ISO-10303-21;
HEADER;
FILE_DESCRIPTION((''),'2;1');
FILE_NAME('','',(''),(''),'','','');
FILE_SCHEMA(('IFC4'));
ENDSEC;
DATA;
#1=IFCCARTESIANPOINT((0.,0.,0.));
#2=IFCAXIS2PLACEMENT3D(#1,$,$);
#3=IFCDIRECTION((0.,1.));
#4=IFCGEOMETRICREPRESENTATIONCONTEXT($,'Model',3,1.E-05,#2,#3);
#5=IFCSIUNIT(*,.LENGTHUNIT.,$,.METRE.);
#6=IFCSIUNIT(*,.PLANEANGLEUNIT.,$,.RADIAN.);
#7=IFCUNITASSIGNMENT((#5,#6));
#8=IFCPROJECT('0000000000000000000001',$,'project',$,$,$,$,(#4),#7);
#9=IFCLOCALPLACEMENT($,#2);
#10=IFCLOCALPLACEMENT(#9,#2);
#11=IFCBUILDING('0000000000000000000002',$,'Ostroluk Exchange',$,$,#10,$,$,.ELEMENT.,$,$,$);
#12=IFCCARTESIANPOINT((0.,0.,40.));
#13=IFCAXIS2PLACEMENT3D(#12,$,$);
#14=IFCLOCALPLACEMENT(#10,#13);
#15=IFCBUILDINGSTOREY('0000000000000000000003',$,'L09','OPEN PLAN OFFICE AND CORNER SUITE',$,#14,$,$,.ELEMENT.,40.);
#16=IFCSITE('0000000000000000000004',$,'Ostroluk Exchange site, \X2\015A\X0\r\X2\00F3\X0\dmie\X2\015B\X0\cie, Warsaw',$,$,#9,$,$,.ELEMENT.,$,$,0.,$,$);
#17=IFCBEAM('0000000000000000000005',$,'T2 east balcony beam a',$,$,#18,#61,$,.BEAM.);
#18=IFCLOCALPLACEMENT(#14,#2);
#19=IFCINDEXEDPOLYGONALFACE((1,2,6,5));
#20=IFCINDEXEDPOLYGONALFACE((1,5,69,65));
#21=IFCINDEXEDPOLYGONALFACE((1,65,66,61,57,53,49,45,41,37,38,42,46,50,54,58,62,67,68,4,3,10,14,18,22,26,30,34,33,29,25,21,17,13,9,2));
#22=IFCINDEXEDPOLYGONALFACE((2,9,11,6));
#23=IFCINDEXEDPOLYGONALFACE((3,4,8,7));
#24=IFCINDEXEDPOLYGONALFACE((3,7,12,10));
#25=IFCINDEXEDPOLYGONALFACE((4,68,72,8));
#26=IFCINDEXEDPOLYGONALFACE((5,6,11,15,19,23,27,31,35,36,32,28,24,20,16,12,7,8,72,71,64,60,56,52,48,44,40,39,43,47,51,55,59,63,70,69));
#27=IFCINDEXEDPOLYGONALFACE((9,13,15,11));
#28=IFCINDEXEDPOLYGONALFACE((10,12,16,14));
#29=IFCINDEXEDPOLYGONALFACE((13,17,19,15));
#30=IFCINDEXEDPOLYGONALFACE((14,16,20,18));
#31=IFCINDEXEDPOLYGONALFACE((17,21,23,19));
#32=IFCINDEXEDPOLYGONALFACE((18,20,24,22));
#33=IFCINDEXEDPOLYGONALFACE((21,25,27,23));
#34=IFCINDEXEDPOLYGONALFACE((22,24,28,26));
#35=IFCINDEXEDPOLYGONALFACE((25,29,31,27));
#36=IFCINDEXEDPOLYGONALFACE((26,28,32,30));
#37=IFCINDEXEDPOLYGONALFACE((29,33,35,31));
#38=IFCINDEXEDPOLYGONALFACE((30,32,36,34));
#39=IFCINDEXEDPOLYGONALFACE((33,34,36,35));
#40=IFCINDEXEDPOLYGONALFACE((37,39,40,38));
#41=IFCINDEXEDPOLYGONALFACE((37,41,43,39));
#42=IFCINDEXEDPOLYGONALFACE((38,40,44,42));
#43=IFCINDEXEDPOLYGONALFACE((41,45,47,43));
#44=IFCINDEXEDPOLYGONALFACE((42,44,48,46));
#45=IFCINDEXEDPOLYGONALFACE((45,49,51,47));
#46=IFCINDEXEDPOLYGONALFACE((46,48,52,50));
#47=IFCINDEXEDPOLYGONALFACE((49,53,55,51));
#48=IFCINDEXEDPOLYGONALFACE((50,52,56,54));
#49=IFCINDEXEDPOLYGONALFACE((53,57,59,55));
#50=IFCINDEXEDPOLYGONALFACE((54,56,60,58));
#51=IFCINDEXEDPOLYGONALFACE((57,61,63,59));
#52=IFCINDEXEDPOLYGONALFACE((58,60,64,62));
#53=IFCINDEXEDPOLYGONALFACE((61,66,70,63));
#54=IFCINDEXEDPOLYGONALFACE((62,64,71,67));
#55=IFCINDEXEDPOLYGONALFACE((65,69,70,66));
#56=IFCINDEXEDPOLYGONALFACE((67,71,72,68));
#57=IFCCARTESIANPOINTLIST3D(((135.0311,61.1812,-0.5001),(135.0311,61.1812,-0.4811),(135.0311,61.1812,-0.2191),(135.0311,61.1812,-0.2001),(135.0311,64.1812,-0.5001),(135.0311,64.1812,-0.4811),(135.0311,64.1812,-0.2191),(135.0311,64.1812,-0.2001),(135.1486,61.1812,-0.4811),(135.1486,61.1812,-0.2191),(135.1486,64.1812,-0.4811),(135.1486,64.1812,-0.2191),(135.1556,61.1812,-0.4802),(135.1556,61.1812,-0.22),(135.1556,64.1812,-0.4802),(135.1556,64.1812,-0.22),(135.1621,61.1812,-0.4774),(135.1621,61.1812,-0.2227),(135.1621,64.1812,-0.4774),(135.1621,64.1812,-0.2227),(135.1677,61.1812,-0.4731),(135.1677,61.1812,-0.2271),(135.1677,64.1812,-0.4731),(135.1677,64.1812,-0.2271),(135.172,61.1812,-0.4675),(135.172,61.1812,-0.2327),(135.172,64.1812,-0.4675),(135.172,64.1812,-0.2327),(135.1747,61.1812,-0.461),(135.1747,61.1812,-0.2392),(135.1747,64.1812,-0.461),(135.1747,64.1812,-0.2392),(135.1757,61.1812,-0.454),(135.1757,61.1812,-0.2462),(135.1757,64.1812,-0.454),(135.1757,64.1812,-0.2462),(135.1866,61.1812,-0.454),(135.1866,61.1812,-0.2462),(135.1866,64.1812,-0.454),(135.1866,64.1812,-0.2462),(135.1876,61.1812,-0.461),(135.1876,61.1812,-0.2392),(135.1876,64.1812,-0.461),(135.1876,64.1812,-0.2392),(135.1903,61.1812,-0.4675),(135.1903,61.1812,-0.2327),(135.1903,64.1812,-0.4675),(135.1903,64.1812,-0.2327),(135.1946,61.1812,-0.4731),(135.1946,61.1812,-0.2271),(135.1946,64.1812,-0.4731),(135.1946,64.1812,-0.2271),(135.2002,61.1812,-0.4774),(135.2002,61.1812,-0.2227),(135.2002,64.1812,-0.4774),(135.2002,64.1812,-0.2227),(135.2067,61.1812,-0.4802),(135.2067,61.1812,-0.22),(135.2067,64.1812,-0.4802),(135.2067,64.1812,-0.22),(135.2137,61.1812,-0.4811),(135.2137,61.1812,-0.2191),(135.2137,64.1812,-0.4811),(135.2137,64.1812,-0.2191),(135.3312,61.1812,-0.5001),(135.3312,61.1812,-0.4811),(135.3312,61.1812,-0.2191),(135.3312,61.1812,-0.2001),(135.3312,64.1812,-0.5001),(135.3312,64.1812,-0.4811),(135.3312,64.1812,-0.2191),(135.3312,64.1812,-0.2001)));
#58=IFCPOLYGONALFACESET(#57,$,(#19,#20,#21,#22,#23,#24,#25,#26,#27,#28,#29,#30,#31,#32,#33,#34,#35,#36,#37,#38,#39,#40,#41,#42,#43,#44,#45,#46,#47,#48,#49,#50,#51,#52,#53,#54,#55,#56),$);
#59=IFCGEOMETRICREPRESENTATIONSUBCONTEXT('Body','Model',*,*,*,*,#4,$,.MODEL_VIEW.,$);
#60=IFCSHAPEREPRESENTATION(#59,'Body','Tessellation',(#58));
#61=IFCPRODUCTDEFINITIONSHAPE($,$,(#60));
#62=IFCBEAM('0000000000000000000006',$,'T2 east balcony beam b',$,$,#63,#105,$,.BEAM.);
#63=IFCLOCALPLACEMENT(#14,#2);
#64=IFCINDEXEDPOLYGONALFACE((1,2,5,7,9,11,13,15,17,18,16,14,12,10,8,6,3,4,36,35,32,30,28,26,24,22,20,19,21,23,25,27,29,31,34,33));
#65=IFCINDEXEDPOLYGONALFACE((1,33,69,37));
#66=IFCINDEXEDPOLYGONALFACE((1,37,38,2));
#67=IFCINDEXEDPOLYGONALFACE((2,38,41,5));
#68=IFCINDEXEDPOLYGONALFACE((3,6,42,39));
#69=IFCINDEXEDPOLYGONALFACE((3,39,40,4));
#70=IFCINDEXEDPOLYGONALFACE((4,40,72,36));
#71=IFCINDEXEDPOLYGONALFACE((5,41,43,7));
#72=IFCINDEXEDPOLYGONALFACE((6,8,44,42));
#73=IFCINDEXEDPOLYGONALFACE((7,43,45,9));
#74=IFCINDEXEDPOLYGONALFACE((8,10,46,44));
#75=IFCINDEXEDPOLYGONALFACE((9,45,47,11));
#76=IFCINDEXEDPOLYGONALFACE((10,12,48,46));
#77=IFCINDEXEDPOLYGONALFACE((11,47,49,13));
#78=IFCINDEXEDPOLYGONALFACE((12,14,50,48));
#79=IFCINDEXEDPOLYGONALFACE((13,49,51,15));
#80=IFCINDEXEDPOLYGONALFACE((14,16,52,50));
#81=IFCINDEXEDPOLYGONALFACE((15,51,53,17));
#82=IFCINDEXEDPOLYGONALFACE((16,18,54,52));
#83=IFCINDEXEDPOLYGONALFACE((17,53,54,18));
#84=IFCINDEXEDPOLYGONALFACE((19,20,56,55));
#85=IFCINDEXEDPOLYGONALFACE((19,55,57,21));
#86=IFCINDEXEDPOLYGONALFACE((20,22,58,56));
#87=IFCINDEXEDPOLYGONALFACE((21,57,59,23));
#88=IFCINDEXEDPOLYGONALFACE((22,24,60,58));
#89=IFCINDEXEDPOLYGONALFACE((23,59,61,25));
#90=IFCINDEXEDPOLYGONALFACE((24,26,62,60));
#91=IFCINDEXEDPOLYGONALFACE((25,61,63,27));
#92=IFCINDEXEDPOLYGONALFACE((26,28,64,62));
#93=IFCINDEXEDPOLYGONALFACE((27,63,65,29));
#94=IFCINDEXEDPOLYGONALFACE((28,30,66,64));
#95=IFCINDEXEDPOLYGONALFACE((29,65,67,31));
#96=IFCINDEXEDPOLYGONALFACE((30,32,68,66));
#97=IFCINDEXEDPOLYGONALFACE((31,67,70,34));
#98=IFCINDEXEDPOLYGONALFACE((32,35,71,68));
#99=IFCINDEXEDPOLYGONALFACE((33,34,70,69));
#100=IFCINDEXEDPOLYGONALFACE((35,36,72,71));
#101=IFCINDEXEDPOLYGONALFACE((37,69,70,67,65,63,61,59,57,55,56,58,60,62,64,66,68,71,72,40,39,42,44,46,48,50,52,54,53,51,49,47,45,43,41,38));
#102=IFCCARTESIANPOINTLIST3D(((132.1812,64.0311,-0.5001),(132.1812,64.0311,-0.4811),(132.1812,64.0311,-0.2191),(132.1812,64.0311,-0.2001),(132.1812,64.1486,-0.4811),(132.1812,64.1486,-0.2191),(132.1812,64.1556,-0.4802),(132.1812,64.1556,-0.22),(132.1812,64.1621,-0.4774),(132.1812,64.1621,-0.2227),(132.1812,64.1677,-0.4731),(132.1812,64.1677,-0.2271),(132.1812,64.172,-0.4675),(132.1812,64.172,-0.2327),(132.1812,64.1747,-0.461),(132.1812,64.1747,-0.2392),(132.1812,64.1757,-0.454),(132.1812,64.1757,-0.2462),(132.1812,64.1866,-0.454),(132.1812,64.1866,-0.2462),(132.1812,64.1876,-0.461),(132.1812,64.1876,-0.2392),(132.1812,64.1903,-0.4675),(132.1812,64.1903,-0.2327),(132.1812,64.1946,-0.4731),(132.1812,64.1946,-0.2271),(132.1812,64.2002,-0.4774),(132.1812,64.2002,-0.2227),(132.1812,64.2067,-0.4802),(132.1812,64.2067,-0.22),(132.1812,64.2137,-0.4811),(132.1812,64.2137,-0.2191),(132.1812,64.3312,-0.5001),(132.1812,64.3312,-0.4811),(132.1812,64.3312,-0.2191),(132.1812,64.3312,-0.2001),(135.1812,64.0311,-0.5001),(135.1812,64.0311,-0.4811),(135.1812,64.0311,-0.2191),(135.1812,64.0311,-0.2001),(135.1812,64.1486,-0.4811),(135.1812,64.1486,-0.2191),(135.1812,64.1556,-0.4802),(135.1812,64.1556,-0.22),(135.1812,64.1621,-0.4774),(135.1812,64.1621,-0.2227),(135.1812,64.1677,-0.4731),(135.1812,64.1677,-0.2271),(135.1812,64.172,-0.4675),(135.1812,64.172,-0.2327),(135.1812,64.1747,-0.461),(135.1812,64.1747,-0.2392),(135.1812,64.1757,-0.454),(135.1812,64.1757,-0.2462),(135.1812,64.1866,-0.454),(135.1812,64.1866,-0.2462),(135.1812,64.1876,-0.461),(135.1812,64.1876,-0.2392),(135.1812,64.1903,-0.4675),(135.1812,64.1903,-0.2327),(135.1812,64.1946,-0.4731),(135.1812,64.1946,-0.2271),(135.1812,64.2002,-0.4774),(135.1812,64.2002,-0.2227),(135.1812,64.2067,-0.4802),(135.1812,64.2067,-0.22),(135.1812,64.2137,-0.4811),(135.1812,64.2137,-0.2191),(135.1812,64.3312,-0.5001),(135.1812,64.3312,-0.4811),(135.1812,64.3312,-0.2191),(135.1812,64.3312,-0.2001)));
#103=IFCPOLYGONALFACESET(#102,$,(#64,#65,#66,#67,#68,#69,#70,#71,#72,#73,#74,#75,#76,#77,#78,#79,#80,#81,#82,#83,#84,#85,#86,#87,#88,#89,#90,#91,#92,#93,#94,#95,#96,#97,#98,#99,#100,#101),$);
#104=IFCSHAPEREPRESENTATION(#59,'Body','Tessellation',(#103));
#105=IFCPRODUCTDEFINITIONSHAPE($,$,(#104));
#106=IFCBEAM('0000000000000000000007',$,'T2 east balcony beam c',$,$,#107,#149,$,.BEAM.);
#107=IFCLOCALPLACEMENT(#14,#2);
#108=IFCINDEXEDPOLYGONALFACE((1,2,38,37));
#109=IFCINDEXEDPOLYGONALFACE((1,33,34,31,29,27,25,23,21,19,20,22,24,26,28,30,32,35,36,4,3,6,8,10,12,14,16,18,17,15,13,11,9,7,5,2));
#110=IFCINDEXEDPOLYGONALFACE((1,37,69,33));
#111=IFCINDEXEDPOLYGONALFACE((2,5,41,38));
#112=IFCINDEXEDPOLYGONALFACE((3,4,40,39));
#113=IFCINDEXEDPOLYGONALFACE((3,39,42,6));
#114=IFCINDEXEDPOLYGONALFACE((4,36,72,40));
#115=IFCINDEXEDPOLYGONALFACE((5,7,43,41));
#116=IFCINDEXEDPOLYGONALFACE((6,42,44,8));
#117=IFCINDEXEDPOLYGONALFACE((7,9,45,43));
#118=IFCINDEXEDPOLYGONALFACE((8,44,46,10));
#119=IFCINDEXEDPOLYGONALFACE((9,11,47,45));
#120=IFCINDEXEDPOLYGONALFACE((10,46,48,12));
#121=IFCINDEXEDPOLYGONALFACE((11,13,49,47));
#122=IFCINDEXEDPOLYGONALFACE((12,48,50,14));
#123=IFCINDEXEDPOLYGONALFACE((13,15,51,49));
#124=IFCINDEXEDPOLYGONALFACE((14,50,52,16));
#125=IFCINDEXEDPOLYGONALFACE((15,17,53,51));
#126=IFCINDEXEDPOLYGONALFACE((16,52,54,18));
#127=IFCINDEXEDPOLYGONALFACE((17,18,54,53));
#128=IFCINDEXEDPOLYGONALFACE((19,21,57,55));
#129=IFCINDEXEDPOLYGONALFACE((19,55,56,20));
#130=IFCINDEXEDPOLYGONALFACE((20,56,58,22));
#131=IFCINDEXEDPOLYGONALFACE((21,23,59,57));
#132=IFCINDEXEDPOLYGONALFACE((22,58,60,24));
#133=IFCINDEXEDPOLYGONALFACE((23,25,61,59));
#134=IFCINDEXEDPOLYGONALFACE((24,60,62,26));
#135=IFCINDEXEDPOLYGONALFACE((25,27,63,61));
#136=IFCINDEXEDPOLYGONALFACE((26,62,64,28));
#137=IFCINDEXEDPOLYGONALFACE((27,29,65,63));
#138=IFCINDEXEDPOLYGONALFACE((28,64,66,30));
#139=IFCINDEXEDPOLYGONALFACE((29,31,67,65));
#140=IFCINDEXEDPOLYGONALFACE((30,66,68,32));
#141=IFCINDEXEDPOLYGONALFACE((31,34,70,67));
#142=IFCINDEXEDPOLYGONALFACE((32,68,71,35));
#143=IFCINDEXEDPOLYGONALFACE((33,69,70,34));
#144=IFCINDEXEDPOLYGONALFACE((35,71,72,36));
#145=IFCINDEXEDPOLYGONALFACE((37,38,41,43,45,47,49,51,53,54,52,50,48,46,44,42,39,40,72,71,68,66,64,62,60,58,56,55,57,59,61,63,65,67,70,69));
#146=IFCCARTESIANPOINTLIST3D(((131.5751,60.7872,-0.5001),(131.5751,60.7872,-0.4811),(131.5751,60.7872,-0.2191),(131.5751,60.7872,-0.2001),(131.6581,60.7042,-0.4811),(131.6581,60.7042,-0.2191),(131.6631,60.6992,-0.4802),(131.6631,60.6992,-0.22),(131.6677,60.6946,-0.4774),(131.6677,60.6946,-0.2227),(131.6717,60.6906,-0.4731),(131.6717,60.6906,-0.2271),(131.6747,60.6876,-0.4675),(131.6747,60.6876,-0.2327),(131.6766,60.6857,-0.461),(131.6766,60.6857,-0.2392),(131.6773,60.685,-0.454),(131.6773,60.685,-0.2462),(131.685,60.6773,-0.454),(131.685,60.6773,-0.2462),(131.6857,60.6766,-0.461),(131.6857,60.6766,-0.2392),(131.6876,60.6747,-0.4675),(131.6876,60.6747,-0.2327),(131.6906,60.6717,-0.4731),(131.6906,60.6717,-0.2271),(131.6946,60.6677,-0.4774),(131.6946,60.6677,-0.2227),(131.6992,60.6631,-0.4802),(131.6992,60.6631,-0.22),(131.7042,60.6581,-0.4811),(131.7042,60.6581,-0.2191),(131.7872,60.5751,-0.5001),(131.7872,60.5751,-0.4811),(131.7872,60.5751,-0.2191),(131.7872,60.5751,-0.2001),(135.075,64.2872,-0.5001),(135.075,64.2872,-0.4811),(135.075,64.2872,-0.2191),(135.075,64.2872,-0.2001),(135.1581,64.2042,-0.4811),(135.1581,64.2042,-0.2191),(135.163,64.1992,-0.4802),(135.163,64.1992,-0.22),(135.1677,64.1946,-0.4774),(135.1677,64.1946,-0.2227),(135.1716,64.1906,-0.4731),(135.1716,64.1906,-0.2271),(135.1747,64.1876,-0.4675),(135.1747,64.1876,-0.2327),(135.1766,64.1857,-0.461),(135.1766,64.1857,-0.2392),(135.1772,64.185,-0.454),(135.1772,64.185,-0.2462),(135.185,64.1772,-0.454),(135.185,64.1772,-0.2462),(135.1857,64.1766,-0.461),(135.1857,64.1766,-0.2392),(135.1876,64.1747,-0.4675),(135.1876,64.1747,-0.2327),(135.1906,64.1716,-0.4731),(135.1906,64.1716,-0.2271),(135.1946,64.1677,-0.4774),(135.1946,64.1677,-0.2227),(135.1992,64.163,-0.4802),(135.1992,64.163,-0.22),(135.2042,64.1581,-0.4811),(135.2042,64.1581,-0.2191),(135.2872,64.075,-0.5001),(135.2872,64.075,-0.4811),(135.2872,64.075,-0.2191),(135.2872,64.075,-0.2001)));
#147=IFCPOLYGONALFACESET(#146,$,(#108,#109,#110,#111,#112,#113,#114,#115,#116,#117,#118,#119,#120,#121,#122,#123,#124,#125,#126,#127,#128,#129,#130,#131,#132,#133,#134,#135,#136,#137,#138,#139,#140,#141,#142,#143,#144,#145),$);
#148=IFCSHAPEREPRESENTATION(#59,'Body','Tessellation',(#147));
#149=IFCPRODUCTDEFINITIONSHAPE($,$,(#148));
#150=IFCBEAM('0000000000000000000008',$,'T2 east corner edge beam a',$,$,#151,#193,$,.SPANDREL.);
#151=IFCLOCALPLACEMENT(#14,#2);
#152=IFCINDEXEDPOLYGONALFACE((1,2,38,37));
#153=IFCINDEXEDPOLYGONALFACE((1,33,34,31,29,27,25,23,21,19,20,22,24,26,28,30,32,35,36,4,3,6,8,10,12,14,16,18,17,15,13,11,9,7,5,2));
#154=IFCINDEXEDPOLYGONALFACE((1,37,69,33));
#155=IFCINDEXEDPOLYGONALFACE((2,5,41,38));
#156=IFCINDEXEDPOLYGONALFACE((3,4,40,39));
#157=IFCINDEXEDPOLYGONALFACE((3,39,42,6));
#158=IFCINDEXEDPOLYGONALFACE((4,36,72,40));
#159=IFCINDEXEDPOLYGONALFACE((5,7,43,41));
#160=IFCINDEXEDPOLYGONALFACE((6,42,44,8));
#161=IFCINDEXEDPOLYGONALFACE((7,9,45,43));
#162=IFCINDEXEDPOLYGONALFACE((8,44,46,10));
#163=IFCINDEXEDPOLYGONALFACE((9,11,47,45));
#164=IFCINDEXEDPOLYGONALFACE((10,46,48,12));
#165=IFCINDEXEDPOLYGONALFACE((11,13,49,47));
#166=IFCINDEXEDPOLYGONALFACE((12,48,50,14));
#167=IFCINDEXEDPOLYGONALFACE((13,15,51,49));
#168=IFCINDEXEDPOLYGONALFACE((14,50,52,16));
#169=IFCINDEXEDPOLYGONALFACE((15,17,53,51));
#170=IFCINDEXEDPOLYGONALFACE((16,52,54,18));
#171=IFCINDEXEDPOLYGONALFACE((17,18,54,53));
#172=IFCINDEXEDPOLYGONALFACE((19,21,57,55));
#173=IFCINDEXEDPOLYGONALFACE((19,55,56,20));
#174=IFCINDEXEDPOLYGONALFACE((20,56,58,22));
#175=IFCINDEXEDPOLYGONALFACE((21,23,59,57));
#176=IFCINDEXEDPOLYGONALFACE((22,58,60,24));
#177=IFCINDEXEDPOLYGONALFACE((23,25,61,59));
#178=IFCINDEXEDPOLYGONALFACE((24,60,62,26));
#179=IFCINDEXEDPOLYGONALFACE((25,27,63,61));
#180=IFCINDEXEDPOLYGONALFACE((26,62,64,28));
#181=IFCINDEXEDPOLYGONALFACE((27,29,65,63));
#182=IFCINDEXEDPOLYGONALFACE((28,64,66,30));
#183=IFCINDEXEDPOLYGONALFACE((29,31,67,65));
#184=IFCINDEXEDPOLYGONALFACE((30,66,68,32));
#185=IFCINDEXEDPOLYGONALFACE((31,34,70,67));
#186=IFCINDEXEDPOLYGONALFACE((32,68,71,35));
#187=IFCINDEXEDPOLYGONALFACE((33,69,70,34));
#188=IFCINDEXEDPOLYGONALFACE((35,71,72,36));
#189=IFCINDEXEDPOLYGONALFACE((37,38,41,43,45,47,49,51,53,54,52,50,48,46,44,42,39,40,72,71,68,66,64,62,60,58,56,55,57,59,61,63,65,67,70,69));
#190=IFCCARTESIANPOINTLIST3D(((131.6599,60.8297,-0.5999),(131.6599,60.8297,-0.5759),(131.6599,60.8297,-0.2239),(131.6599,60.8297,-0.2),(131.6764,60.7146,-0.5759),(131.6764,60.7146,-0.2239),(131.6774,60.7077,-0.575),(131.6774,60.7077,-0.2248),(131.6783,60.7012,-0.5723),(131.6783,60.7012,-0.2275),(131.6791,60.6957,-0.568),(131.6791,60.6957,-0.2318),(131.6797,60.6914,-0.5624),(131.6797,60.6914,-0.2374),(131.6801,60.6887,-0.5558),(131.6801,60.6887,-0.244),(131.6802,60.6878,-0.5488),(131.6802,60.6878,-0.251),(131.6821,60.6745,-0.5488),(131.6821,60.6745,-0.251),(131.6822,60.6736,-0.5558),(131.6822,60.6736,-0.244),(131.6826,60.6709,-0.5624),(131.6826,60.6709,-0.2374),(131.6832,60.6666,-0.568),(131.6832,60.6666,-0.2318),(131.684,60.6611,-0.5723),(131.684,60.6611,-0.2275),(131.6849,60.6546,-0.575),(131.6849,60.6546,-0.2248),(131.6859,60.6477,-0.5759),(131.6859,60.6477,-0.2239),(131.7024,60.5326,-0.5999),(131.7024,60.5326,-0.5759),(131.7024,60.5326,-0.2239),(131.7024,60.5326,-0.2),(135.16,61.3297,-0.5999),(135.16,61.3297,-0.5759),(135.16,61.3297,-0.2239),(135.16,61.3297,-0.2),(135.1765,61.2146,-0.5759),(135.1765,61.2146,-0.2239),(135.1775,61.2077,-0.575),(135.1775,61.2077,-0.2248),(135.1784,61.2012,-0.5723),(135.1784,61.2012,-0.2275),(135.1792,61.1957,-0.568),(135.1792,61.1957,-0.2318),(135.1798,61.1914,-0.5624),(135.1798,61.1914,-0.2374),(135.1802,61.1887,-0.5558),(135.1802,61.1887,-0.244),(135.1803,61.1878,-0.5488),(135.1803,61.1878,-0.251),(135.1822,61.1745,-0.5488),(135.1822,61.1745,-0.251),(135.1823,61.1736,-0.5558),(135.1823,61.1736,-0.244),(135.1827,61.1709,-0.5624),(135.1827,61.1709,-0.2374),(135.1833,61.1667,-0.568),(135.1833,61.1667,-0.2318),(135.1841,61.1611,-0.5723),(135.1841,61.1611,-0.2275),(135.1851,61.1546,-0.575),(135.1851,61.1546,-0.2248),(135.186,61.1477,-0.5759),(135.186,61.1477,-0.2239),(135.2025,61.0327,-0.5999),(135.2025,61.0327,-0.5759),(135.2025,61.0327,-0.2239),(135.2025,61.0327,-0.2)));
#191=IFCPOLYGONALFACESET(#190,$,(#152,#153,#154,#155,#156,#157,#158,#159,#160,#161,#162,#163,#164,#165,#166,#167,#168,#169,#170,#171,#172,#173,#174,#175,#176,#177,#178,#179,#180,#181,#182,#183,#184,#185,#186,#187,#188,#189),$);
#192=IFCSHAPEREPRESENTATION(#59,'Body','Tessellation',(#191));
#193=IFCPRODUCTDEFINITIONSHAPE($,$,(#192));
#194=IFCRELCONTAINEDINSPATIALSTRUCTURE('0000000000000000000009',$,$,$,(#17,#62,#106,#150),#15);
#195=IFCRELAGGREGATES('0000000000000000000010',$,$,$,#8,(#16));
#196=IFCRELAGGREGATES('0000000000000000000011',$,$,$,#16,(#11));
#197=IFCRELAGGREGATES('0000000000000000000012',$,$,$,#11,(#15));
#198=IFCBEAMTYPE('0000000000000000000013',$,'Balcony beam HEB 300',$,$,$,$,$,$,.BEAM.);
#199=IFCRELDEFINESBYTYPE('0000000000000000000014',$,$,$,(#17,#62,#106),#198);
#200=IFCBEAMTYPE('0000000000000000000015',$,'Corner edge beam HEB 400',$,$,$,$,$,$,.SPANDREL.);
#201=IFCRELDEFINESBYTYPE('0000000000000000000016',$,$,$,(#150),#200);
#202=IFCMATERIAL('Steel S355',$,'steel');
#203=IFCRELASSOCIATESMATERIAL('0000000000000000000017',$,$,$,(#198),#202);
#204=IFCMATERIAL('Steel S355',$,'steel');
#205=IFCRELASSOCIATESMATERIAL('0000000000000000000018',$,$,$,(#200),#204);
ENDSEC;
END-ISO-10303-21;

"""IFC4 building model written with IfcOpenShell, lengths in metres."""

from ifc_helpers import new_model, si_unit, direction, frame, origin, origin_2d, place, context, subcontext, project, spatial, i_section, extrude, material, material_profile, profile_set, type_object, element, save


model = new_model("IFC4")

# Units and contexts
model_context = context("Model", 3, precision=1e-05, world=origin(), true_north=direction((0.0, 1.0)))
body_context = subcontext(model_context, "Body", "Model", "MODEL_VIEW")
ifc_project = project(units=[si_unit("LENGTHUNIT", "METRE"), si_unit("PLANEANGLEUNIT", "RADIAN")], contexts=[model_context])

# Site, building, storey
site_placement = place(None, origin())
site = spatial("IfcSite", under=ifc_project, at=site_placement, Name="Ostroluk Exchange site, Śródmieście, Warsaw", CompositionType="ELEMENT", RefElevation=0.0)
building_placement = place(site_placement, origin())
building = spatial("IfcBuilding", under=site, at=building_placement, Name="Ostroluk Exchange", CompositionType="ELEMENT")
storey_placement = place(building_placement, frame((0.0, 0.0, 40.0)))
storey = spatial("IfcBuildingStorey", under=building, at=storey_placement, Name="L09", Description="OPEN PLAN OFFICE AND CORNER SUITE", CompositionType="ELEMENT", Elevation=40.0)

# Beams
ifc_material_1 = material(Name="Steel S355", Category="steel")
ifc_material_profile_1 = material_profile(ifc_material_1, i_section(OverallWidth=0.3, OverallDepth=0.3, WebThickness=0.011, FlangeThickness=0.019, FilletRadius=0.0271, at=origin_2d()), Name="HEB 300")
ifc_profile_set_1 = profile_set([ifc_material_profile_1], Name="Steel S355")
beam_type_1 = type_object("IfcBeamType", Name="Balcony beam HEB 300", PredefinedType="BEAM", material=ifc_profile_set_1)
for number, where, z_axis, x_axis, name in (
    (1, (135.1812, 61.1812, -0.3501), (0.0, 1.0, 0.0), (-1.0, 0.0, 0.0), "T2 east balcony beam a"),
    (2, (132.1812, 64.1812, -0.3501), (1.0, 0.0, 0.0), (0.0, 1.0, 0.0), "T2 east balcony beam b"),
):
    element("IfcBeam", number, at=place(storey_placement, frame(where, z_axis=z_axis, x_axis=x_axis)), inside=storey, type_object=beam_type_1, Name=name, PredefinedType="BEAM", context=body_context, shape_type="SweptSolid", body=[
        extrude(i_section(OverallWidth=0.3, OverallDepth=0.3, WebThickness=0.011, FlangeThickness=0.019, FilletRadius=0.0271, at=origin_2d()), origin(), (0.0, 0.0, 1.0), 3.0),
    ])
beam_1_placement = place(storey_placement, frame((131.6812, 60.6812, -0.3501), z_axis=(0.707107, 0.707107, 0.0), x_axis=(-0.707107, 0.707107, 0.0)))
element("IfcBeam", 3, at=beam_1_placement, inside=storey, type_object=beam_type_1, Name="T2 east balcony beam c", PredefinedType="BEAM", context=body_context, shape_type="SweptSolid", body=[
    extrude(i_section(OverallWidth=0.3, OverallDepth=0.3, WebThickness=0.011, FlangeThickness=0.019, FilletRadius=0.0271, at=origin_2d()), origin(), (0.0, 0.0, 1.0), 4.9497),
])
ifc_material_2 = material(Name="Steel S355", Category="steel")
ifc_material_profile_2 = material_profile(ifc_material_2, i_section(OverallWidth=0.3, OverallDepth=0.3999, WebThickness=0.0134, FlangeThickness=0.0239, FilletRadius=0.0271, at=origin_2d()), Name="HEB 400")
ifc_profile_set_2 = profile_set([ifc_material_profile_2], Name="Steel S355")
beam_type_2 = type_object("IfcBeamType", Name="Corner edge beam HEB 400", PredefinedType="SPANDREL", material=ifc_profile_set_2)
for number, where, z_axis, x_axis, name in (
    (4, (131.6812, 60.6812, -0.3999), (0.989949, 0.141421, 0.0), (-0.141421, 0.989949, 0.0), "T2 east corner edge beam a"),
):
    element("IfcBeam", number, at=place(storey_placement, frame(where, z_axis=z_axis, x_axis=x_axis)), inside=storey, type_object=beam_type_2, Name=name, PredefinedType="SPANDREL", context=body_context, shape_type="SweptSolid", body=[
        extrude(i_section(OverallWidth=0.3, OverallDepth=0.3999, WebThickness=0.0134, FlangeThickness=0.0239, FilletRadius=0.0271, at=origin_2d()), origin(), (0.0, 0.0, 1.0), 3.5356),
    ])

save(model, "model.ifc")
